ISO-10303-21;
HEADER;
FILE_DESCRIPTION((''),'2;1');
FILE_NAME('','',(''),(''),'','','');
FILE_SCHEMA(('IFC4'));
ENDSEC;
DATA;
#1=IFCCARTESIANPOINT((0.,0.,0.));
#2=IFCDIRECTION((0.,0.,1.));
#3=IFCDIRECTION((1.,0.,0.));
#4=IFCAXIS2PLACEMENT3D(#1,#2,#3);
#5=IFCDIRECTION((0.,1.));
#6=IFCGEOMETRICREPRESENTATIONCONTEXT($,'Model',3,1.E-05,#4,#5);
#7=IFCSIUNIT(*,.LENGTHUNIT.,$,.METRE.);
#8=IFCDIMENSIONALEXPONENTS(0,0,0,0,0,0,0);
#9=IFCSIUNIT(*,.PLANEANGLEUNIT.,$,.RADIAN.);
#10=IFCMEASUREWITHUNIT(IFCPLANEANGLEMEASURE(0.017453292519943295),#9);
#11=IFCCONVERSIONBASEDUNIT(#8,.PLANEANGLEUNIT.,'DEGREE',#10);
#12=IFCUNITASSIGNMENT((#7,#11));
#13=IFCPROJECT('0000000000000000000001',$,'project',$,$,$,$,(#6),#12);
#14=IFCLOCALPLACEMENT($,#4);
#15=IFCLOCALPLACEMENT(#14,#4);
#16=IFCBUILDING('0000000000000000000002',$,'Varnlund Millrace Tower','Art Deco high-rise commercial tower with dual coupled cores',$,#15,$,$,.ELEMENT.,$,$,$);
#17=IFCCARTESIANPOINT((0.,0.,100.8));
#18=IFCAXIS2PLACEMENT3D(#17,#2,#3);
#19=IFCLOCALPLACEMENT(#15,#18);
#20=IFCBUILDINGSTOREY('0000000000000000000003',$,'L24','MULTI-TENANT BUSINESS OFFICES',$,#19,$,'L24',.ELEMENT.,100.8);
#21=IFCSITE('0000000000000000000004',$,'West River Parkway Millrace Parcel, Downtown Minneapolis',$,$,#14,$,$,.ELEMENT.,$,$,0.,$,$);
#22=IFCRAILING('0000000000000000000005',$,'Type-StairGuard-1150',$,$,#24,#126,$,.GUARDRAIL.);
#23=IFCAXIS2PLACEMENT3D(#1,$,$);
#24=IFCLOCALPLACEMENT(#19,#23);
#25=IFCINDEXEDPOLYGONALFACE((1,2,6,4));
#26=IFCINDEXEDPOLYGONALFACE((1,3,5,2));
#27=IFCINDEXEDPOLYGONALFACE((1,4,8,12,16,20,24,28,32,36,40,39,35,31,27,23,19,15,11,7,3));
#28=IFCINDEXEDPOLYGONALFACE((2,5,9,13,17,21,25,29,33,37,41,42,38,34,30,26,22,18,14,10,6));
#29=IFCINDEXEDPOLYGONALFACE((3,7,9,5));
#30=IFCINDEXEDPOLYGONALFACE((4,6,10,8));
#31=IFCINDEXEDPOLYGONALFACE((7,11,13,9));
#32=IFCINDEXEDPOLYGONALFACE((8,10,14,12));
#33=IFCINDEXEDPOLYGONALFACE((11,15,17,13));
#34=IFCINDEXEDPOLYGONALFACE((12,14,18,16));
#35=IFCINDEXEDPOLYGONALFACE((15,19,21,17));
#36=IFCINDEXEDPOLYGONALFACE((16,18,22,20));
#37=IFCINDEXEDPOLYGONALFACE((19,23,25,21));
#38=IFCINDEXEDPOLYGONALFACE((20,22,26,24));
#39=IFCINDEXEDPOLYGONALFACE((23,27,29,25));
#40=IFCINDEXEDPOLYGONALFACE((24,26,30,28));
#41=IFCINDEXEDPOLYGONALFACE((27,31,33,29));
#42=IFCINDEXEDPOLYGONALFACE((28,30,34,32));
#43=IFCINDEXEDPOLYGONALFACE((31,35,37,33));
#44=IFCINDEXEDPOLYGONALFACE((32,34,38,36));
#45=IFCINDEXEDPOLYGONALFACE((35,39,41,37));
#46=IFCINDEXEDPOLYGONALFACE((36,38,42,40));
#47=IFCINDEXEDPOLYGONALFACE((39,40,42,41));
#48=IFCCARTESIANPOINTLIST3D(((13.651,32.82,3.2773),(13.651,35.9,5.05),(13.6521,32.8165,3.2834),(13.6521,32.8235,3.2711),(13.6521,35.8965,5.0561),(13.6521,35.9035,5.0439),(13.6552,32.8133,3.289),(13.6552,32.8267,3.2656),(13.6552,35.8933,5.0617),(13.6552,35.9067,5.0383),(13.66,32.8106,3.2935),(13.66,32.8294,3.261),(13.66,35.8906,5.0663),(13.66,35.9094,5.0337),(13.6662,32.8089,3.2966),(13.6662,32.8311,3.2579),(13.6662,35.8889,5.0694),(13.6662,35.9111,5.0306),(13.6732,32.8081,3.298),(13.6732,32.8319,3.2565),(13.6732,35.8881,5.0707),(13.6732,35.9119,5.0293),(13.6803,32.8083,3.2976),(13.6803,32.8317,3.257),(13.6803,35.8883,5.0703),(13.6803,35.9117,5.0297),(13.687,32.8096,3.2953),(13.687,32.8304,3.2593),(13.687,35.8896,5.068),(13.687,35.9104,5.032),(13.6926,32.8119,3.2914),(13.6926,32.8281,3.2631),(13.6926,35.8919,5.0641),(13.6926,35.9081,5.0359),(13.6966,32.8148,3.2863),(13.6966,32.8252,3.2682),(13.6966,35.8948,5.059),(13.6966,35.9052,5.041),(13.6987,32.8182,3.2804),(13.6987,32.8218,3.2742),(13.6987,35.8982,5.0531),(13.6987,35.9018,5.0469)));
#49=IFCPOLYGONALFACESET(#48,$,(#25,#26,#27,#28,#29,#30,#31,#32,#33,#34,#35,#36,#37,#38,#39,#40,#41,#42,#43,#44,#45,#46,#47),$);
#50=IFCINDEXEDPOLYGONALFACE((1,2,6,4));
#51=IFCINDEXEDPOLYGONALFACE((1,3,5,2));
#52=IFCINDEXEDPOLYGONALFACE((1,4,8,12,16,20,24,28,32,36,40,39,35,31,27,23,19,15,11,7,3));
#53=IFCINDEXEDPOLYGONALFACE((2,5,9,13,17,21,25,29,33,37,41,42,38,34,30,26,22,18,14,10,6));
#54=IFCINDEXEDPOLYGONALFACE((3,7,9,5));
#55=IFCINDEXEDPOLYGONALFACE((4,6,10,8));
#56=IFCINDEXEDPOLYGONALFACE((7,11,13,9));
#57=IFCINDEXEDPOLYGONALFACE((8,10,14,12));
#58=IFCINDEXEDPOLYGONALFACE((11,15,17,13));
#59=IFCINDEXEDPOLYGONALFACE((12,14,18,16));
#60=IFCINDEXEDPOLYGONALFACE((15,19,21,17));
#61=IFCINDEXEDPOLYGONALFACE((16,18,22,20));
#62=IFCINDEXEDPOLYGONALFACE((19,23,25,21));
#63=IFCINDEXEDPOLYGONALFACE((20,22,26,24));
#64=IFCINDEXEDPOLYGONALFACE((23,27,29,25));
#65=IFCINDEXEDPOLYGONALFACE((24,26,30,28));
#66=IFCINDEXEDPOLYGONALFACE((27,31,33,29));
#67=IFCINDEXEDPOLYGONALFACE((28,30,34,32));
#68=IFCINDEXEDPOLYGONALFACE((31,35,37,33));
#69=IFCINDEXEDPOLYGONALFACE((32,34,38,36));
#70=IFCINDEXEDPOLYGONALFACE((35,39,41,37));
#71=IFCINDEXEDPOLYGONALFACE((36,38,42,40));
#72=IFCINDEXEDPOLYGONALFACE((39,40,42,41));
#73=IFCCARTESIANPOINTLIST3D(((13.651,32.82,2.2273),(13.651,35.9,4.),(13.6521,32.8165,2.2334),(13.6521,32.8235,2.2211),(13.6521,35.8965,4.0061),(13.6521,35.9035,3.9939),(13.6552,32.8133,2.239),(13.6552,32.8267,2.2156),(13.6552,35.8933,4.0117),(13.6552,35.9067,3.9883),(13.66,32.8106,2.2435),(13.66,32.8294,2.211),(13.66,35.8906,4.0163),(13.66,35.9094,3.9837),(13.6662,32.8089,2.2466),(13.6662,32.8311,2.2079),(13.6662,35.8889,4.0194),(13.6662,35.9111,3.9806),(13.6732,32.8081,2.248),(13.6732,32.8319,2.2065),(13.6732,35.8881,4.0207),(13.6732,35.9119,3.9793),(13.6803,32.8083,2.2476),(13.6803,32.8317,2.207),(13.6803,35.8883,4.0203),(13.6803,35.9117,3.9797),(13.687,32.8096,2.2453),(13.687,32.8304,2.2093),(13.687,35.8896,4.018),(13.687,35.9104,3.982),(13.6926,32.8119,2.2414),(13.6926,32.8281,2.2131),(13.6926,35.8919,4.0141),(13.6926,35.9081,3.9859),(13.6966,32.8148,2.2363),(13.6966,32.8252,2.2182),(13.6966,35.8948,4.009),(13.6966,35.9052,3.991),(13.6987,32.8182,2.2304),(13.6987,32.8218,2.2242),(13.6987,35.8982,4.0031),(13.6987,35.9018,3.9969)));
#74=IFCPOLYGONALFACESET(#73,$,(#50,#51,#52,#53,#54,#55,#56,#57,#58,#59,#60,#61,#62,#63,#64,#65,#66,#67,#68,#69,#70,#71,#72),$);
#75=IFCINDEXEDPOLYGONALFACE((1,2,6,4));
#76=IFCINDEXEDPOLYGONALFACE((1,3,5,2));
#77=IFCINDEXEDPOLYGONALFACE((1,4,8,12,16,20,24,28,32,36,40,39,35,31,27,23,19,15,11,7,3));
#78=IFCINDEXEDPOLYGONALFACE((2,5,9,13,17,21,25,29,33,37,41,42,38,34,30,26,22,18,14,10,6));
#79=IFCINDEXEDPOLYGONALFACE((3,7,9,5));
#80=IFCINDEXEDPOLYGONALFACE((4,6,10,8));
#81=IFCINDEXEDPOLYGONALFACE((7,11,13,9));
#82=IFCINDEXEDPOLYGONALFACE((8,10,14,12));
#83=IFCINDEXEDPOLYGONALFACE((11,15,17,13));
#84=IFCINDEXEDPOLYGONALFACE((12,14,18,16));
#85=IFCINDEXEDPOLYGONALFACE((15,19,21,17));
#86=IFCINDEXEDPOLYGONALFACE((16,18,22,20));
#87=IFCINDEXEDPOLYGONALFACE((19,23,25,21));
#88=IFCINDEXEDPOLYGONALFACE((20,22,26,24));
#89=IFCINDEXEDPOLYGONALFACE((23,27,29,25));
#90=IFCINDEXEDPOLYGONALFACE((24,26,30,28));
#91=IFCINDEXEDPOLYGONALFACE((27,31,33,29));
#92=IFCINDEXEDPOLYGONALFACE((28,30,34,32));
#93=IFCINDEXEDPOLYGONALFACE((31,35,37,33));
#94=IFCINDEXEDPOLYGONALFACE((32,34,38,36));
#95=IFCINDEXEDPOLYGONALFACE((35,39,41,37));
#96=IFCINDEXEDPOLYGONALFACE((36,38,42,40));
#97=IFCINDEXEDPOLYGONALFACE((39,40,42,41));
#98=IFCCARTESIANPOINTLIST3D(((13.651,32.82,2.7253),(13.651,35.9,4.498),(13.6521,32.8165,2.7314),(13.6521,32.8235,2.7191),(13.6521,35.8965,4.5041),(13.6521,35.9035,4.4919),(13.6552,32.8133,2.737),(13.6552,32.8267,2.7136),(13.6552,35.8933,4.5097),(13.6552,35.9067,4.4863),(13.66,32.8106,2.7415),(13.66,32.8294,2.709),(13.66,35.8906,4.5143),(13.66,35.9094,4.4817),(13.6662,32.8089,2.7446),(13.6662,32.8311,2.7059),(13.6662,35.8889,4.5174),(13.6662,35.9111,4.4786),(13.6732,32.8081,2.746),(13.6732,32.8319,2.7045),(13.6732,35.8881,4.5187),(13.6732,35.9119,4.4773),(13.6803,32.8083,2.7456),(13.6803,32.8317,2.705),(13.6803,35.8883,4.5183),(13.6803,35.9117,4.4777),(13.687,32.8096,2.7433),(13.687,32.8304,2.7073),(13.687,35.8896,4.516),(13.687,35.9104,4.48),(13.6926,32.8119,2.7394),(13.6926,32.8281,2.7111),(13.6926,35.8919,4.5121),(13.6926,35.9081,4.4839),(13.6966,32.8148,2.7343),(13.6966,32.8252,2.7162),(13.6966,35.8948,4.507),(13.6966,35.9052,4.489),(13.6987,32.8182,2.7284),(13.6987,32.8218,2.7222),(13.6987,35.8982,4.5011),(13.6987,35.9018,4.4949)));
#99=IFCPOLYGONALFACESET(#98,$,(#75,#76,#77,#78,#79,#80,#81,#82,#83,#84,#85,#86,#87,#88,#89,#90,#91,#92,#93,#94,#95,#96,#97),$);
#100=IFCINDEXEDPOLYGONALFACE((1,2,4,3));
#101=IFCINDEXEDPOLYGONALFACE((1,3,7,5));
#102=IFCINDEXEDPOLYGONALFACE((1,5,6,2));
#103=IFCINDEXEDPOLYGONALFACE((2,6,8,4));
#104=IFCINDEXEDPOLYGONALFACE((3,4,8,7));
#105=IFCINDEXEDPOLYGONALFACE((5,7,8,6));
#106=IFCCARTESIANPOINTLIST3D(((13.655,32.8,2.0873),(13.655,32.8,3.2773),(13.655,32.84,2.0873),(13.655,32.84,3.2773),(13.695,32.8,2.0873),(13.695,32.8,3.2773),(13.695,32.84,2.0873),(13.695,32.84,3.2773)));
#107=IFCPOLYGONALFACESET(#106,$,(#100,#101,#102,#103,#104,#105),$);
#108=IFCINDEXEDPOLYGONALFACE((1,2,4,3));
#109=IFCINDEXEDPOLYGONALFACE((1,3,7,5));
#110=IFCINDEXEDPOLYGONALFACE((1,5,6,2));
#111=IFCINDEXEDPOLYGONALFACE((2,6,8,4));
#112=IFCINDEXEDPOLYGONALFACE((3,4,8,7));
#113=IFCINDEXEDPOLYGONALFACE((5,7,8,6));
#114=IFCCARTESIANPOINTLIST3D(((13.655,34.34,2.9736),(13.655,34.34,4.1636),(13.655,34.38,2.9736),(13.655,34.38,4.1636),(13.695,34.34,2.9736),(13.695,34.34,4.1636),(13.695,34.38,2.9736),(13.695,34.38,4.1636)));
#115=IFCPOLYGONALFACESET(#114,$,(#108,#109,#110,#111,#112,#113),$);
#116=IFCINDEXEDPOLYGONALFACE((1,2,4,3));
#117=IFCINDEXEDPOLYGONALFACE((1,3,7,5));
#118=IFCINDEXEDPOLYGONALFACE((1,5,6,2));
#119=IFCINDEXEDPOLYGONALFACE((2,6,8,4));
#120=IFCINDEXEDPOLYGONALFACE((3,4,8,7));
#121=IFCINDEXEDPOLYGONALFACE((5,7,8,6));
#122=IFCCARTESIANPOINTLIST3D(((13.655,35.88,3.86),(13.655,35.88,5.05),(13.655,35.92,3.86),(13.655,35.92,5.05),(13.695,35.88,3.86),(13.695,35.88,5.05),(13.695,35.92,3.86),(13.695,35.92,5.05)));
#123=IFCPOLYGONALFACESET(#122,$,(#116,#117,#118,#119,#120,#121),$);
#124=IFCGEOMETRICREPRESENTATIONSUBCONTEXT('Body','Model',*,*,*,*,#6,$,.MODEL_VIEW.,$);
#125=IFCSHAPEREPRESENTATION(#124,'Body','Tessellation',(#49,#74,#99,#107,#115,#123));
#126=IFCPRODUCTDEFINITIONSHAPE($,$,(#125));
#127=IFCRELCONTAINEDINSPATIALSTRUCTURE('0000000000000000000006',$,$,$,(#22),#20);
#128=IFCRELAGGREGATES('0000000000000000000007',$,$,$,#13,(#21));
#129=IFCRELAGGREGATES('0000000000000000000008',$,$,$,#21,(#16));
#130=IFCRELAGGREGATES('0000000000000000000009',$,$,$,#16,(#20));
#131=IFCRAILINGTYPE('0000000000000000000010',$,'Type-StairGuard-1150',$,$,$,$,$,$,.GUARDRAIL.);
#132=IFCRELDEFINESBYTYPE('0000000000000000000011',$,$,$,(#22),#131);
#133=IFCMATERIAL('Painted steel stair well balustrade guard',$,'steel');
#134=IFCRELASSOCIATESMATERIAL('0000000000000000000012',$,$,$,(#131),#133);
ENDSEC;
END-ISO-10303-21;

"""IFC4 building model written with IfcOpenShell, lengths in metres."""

from ifc_helpers import new_model, entity, si_unit, converted_unit, direction, frame, origin_with_axes, origin_2d_with_axis, place, context, subcontext, project, spatial, rectangle, circle, extrude, material, type_object, element, save


model = new_model("IFC4")

# Units and contexts
model_context = context("Model", 3, precision=1e-05, world=origin_with_axes(), true_north=direction((0.0, 1.0)))
body_context = subcontext(model_context, "Body", "Model", "MODEL_VIEW")
ifc_project = project(units=[si_unit("LENGTHUNIT", "METRE"), converted_unit("PLANEANGLEUNIT", "DEGREE", entity("IfcPlaneAngleMeasure", 0.017453292519943295), si_unit("PLANEANGLEUNIT", "RADIAN"), dimensions=[0, 0, 0, 0, 0, 0, 0])], contexts=[model_context])

# Site, building, storey
site_placement = place(None, origin_with_axes())
site = spatial("IfcSite", under=ifc_project, at=site_placement, Name="West River Parkway Millrace Parcel, Downtown Minneapolis", CompositionType="ELEMENT", RefElevation=0.0)
building_placement = place(site_placement, origin_with_axes())
building = spatial("IfcBuilding", under=site, at=building_placement, Name="Varnlund Millrace Tower", Description="Art Deco high-rise commercial tower with dual coupled cores", CompositionType="ELEMENT")
storey_placement = place(building_placement, frame((0.0, 0.0, 100.8), z_axis=(0.0, 0.0, 1.0), x_axis=(1.0, 0.0, 0.0)))
storey = spatial("IfcBuildingStorey", under=building, at=storey_placement, Name="L24", Description="MULTI-TENANT BUSINESS OFFICES", LongName="L24", CompositionType="ELEMENT", Elevation=100.8)

# Railing
ifc_material_1 = material(Name="Painted steel stair well balustrade guard", Category="steel")
railing_type_1 = type_object("IfcRailingType", Name="Type-StairGuard-1150", PredefinedType="GUARDRAIL", material=ifc_material_1)
railing_1_placement = place(storey_placement, frame((0.0, 0.0, -100.8), z_axis=(0.0, 0.0, 1.0), x_axis=(1.0, 0.0, 0.0)))
element("IfcRailing", 1, at=railing_1_placement, inside=storey, type_object=railing_type_1, Name="Type-StairGuard-1150", PredefinedType="GUARDRAIL", context=body_context, shape_type="SweptSolid", body=[
    extrude(circle(Radius=0.024, at=origin_2d_with_axis()), frame((13.675, 32.82, 104.0773), z_axis=(0.0, 0.866696, 0.498836), x_axis=(-1.0, 0.0, 0.0)), (0.0, 0.0, 1.0), 3.5537),
    extrude(circle(Radius=0.024, at=origin_2d_with_axis()), frame((13.675, 32.82, 103.0273), z_axis=(0.0, 0.866696, 0.498836), x_axis=(-1.0, 0.0, 0.0)), (0.0, 0.0, 1.0), 3.5537),
    extrude(circle(Radius=0.024, at=origin_2d_with_axis()), frame((13.675, 32.82, 103.5253), z_axis=(0.0, 0.866696, 0.498836), x_axis=(-1.0, 0.0, 0.0)), (0.0, 0.0, 1.0), 3.5537),
    extrude(rectangle(XDim=0.04, YDim=0.04, at=origin_2d_with_axis()), frame((13.675, 32.82, 102.8873), z_axis=(0.0, 0.0, 1.0), x_axis=(1.0, 0.0, 0.0)), (0.0, 0.0, 1.0), 1.19),
    extrude(rectangle(XDim=0.04, YDim=0.04, at=origin_2d_with_axis()), frame((13.675, 34.36, 103.7736), z_axis=(0.0, 0.0, 1.0), x_axis=(1.0, 0.0, 0.0)), (0.0, 0.0, 1.0), 1.19),
    extrude(rectangle(XDim=0.04, YDim=0.04, at=origin_2d_with_axis()), frame((13.675, 35.9, 104.66), z_axis=(0.0, 0.0, 1.0), x_axis=(1.0, 0.0, 0.0)), (0.0, 0.0, 1.0), 1.19),
])

save(model, "model.ifc")
